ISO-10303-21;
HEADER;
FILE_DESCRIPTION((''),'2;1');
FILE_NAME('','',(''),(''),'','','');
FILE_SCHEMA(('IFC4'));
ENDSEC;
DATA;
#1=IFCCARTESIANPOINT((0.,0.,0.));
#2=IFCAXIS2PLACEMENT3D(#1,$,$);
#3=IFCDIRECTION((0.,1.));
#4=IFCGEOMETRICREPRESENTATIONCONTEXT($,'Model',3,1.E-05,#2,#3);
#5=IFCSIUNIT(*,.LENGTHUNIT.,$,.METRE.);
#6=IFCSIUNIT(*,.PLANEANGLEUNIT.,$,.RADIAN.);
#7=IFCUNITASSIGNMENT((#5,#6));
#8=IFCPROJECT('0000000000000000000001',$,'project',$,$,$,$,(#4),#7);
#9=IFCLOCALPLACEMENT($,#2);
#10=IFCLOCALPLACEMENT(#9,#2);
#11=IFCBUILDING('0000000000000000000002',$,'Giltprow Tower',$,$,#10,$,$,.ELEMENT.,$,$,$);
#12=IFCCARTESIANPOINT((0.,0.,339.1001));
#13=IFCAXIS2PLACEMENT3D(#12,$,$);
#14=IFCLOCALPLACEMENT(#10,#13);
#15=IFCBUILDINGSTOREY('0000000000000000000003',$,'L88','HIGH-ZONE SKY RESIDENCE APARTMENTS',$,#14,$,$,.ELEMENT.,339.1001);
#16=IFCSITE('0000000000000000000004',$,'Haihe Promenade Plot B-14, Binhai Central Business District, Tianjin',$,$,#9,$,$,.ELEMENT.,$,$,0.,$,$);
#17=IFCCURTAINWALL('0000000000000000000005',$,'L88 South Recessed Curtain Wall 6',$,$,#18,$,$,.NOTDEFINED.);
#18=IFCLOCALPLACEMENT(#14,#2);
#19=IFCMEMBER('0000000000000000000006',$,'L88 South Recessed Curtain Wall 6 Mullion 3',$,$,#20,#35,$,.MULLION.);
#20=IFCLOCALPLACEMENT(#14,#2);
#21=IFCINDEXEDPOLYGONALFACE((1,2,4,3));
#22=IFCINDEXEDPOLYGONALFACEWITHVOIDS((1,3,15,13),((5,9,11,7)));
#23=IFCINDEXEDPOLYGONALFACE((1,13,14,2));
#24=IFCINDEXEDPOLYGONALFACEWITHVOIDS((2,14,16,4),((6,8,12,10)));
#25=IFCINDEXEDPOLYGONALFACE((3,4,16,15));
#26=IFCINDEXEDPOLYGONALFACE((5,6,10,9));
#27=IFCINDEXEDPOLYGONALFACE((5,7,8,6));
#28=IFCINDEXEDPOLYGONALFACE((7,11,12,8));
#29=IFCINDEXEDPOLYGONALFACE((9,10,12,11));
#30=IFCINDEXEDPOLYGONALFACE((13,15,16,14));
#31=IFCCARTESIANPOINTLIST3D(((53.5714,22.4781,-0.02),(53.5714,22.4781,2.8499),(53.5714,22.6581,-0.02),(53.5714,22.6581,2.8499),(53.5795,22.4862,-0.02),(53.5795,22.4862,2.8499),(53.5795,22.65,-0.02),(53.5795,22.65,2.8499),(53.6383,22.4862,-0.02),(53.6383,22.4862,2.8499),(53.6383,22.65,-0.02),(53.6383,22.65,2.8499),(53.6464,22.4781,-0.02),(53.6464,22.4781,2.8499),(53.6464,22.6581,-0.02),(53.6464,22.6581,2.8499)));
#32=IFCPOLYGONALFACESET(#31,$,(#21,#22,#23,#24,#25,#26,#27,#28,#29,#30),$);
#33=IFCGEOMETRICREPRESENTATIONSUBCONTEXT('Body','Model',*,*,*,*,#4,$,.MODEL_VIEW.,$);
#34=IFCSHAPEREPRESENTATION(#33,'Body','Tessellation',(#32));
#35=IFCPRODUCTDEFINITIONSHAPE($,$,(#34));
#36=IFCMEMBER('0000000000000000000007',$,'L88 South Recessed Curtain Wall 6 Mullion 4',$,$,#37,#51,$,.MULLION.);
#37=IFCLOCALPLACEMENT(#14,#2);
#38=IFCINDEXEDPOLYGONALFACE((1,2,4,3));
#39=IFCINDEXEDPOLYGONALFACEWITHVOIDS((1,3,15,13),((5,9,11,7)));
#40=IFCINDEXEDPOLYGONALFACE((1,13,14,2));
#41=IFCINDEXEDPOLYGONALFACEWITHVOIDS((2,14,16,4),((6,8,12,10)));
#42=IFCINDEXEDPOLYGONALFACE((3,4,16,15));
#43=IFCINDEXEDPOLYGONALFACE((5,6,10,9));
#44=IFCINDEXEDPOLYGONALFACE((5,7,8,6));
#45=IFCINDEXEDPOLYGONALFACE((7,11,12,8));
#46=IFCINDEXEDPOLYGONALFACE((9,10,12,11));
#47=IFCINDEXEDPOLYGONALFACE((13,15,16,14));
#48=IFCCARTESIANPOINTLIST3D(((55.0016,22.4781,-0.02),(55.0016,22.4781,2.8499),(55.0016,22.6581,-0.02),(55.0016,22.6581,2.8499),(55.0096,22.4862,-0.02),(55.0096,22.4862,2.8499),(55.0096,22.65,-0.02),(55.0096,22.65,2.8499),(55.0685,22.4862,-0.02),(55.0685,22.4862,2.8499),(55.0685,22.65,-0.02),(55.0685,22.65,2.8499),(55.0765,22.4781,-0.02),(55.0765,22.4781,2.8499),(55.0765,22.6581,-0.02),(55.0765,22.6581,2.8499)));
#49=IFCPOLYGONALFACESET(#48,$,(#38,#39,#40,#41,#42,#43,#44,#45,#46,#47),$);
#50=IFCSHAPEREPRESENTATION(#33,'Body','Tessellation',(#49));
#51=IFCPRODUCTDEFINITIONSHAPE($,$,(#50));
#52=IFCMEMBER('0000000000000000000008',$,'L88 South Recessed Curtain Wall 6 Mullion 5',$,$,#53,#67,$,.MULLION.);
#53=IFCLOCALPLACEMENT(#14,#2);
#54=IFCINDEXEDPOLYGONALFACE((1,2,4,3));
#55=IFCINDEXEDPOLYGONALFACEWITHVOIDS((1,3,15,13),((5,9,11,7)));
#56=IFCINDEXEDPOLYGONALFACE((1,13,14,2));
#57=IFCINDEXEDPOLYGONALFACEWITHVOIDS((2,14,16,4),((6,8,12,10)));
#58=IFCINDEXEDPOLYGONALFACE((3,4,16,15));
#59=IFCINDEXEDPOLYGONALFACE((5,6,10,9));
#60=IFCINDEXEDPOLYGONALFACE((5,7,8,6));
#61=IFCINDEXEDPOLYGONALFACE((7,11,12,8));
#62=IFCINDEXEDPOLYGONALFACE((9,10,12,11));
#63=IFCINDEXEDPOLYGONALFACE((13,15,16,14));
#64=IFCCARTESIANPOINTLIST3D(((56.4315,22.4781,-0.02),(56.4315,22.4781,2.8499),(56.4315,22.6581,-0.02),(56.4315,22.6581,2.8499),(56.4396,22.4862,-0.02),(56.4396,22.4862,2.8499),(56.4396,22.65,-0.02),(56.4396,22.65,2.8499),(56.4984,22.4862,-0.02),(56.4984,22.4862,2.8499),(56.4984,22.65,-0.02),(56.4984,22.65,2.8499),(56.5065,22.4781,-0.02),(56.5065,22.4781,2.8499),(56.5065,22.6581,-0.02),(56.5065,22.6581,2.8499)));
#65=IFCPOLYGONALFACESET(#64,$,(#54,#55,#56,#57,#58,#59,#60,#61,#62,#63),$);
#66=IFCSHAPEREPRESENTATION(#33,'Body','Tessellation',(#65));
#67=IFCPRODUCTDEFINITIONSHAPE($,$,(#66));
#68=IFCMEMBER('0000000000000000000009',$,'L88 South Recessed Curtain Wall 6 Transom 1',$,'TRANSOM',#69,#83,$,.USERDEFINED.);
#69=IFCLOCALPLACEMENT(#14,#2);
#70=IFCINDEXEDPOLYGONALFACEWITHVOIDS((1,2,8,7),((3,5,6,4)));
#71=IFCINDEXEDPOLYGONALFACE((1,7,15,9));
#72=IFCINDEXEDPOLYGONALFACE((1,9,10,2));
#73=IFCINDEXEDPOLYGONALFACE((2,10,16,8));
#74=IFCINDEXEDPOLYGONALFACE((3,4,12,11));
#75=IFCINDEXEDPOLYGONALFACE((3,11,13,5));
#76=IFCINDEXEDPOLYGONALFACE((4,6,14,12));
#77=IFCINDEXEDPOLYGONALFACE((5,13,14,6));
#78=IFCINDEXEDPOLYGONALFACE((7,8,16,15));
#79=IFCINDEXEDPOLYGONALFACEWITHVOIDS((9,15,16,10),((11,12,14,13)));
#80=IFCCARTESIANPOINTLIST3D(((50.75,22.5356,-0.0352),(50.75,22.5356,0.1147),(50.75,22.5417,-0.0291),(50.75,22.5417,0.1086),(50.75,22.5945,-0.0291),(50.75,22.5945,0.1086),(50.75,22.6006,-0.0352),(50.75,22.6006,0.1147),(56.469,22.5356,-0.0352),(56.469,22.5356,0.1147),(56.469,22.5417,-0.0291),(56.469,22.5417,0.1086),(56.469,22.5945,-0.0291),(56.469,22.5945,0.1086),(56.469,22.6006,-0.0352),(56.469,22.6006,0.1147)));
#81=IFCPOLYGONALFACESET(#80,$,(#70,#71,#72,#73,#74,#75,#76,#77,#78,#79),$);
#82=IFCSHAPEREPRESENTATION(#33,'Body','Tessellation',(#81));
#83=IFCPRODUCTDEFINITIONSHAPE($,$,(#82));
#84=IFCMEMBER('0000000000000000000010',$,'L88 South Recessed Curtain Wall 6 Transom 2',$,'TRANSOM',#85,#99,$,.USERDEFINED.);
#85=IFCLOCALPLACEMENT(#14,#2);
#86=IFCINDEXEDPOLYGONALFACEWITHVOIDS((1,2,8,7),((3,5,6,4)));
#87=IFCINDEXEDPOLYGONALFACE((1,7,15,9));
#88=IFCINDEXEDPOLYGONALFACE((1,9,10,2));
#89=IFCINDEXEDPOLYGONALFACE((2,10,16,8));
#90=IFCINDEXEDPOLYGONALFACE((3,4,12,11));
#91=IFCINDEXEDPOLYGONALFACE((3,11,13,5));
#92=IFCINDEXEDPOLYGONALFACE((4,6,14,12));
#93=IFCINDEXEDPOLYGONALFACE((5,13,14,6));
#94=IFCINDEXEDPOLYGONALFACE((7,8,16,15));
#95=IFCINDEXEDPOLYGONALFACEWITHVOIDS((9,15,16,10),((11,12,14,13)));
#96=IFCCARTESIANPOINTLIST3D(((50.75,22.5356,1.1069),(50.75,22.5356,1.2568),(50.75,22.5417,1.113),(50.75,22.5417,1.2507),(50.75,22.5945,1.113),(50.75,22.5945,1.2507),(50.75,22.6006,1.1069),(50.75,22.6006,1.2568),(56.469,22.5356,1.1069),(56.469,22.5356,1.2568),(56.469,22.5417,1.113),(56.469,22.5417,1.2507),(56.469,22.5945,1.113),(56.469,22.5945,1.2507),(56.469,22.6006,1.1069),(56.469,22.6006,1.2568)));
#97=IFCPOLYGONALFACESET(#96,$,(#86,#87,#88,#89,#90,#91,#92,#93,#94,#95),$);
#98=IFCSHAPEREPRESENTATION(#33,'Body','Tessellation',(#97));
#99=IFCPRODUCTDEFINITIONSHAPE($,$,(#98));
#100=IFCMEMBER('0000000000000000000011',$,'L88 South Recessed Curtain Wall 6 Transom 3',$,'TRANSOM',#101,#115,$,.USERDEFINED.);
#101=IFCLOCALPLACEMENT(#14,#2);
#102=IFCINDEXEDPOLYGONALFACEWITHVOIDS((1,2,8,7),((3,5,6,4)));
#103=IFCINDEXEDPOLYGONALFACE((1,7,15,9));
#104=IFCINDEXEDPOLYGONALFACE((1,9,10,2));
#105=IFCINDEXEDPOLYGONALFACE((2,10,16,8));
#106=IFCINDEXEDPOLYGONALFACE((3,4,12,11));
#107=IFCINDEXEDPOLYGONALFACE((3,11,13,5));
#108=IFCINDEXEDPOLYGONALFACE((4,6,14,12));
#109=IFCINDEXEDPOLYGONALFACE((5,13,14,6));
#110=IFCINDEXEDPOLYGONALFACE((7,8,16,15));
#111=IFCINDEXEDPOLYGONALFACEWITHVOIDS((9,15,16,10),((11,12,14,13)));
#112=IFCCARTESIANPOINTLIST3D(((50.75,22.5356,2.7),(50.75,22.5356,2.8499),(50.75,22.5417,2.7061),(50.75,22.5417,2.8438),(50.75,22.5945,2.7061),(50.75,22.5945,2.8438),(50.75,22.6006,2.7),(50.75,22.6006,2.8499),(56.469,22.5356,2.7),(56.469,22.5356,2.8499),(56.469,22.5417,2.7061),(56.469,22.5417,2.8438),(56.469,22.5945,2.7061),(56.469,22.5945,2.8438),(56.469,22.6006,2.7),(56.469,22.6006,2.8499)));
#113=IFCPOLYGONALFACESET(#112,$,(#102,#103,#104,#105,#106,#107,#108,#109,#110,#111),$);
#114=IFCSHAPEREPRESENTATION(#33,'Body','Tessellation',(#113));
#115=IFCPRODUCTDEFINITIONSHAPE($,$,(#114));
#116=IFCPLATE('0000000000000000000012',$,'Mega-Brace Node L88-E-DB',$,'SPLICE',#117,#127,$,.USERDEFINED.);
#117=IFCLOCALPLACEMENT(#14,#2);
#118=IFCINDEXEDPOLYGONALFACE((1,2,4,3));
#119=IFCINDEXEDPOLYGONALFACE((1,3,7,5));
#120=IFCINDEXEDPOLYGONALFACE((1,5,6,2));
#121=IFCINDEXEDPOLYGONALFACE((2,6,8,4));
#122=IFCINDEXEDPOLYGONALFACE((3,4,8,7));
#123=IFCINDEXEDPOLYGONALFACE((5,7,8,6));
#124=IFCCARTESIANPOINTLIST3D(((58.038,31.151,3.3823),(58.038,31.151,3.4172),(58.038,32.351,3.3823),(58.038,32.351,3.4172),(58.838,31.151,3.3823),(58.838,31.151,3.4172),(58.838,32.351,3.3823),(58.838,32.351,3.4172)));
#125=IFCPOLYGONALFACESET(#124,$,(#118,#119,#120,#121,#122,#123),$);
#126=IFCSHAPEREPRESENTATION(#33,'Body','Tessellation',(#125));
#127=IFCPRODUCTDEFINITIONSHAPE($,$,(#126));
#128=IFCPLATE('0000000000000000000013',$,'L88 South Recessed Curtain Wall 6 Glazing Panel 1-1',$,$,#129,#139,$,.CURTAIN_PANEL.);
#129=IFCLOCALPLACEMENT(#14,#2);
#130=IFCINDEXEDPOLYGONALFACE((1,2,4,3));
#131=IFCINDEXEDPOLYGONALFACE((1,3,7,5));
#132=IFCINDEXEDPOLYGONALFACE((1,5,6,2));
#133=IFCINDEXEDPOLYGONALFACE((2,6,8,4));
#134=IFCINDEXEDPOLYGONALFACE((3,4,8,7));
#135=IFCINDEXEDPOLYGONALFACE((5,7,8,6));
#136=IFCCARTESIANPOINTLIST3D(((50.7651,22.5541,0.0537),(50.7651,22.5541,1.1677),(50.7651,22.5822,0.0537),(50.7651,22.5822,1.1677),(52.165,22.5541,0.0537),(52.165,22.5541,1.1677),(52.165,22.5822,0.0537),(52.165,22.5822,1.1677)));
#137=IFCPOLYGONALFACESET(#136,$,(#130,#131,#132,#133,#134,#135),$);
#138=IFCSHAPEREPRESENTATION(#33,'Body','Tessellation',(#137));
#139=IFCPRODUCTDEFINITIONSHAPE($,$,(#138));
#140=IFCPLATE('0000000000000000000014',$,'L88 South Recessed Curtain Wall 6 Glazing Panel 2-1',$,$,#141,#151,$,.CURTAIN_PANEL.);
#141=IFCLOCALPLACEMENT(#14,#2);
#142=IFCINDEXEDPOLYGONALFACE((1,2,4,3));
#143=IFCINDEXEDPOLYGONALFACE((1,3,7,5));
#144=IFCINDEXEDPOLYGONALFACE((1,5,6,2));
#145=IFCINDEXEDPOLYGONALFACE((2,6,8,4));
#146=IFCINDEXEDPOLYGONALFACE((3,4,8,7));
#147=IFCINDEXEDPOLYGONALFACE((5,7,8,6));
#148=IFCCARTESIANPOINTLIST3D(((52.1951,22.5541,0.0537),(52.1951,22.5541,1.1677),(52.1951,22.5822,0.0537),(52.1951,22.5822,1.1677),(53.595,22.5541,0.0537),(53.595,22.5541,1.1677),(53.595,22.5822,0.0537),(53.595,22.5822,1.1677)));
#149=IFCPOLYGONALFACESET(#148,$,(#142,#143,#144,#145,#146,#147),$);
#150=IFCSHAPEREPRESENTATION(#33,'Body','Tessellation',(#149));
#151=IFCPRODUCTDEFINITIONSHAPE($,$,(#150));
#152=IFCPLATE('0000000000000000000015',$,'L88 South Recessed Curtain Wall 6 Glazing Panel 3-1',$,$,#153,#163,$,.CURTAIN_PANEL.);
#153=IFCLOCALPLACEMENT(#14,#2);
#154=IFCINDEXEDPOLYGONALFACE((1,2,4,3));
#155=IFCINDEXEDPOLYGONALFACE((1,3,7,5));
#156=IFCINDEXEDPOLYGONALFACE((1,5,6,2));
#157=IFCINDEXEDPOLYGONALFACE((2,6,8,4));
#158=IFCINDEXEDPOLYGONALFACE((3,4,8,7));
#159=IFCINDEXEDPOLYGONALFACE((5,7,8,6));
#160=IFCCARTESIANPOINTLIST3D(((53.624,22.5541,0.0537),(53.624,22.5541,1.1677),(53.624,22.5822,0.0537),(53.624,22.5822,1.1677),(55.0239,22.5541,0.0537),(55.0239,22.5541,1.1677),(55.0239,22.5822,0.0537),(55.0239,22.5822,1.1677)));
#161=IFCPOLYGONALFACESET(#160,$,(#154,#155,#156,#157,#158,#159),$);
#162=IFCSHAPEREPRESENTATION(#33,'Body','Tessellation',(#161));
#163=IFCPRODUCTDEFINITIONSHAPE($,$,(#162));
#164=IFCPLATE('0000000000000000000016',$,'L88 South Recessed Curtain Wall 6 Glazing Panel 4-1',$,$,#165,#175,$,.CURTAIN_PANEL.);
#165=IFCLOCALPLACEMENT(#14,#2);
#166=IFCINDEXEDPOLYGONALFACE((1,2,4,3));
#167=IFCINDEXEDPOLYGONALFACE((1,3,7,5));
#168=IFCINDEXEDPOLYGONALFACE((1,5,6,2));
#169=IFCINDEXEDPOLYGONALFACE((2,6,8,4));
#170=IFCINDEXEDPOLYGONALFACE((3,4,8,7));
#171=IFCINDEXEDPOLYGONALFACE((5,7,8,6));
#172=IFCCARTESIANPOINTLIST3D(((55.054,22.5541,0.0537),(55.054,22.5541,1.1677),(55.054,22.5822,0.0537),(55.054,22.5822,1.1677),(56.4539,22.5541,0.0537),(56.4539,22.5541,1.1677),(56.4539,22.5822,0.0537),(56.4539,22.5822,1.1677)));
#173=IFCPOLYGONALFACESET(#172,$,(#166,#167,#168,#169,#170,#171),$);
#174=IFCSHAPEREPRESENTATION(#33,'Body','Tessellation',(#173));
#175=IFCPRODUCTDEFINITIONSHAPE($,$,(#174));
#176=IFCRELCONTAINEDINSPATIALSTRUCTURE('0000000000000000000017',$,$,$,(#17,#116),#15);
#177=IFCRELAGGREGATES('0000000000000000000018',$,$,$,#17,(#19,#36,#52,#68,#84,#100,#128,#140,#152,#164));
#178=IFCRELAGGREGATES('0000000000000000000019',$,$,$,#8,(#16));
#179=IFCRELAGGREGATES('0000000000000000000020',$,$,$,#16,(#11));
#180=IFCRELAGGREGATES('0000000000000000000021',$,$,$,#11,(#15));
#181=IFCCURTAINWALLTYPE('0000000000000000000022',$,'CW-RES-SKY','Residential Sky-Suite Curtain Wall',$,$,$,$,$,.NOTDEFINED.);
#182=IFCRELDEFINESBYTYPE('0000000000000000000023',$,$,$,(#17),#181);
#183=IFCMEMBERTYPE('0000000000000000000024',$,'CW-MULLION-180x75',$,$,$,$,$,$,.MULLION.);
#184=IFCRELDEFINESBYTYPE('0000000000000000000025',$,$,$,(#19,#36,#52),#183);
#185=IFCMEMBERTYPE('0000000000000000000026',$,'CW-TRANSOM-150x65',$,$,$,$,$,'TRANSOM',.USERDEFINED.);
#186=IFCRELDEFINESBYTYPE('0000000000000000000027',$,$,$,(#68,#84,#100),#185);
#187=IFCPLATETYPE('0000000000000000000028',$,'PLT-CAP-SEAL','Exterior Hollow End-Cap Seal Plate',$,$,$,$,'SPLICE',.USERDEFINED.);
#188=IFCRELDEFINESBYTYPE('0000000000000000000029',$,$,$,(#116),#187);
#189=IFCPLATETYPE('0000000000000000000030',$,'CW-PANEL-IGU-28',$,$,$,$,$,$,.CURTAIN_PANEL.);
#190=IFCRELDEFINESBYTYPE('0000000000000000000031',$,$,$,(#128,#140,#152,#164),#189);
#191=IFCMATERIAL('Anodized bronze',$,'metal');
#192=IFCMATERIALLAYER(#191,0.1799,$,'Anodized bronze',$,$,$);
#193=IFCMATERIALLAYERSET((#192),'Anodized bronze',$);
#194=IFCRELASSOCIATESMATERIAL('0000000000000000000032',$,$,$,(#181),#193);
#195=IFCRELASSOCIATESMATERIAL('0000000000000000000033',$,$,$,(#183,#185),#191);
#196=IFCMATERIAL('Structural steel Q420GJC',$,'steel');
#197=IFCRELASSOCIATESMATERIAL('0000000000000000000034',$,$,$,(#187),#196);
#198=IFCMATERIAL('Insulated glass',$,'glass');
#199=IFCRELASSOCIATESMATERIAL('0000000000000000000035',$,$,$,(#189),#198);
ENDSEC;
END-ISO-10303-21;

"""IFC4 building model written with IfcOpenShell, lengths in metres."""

from ifc_helpers import new_model, si_unit, direction, frame, origin, origin_2d, place, context, subcontext, project, spatial, rectangle, hollow_rectangle, extrude, source, transform, mapped, material, layer, layer_set, material_profile, profile_set, type_object, element, aggregate, save


model = new_model("IFC4")

# Units and contexts
model_context = context("Model", 3, precision=1e-05, world=origin(), true_north=direction((0.0, 1.0)))
body_context = subcontext(model_context, "Body", "Model", "MODEL_VIEW")
ifc_project = project(units=[si_unit("LENGTHUNIT", "METRE"), si_unit("PLANEANGLEUNIT", "RADIAN")], contexts=[model_context])

# Site, building, storey
site_placement = place(None, origin())
site = spatial("IfcSite", under=ifc_project, at=site_placement, Name="Haihe Promenade Plot B-14, Binhai Central Business District, Tianjin", CompositionType="ELEMENT", RefElevation=0.0)
building_placement = place(site_placement, origin())
building = spatial("IfcBuilding", under=site, at=building_placement, Name="Giltprow Tower", CompositionType="ELEMENT")
storey_placement = place(building_placement, frame((0.0, 0.0, 339.1001)))
storey = spatial("IfcBuildingStorey", under=building, at=storey_placement, Name="L88", Description="HIGH-ZONE SKY RESIDENCE APARTMENTS", CompositionType="ELEMENT", Elevation=339.1001)

# Shared definitions
ifc_material_1 = material(Name="Structural steel Q420GJC", Category="steel")

# Curtain wall, members
ifc_material_2 = material(Name="Anodized bronze", Category="metal")
ifc_layer_1 = layer(ifc_material_2, 0.1799, Name="Anodized bronze")
ifc_layer_set_1 = layer_set([ifc_layer_1], Name="Anodized bronze")
curtain_wall_type = type_object("IfcCurtainWallType", Name="CW-RES-SKY", Description="Residential Sky-Suite Curtain Wall", PredefinedType="NOTDEFINED", material=ifc_layer_set_1)
curtain_wall_placement = place(storey_placement, origin())
curtain_wall = element("IfcCurtainWall", 1, at=curtain_wall_placement, inside=storey, type_object=curtain_wall_type, Name="L88 South Recessed Curtain Wall 6", PredefinedType="NOTDEFINED")
ifc_material_profile_1 = material_profile(ifc_material_2, hollow_rectangle(XDim=0.075, YDim=0.1799, WallThickness=0.0081, at=origin_2d()), Name="RHS 180x75x8")
ifc_profile_set_1 = profile_set([ifc_material_profile_1], Name="Anodized bronze")
member_type_1 = type_object("IfcMemberType", Name="CW-MULLION-180x75", PredefinedType="MULLION", material=ifc_profile_set_1)
shared_shape_1 = source(origin(), body_context, "Body", "SweptSolid", [
    extrude(hollow_rectangle(XDim=0.075, YDim=0.1799, WallThickness=0.0081, at=origin_2d()), origin(), (0.0, 0.0, 1.0), 2.8699),
])
member_1_placement = place(storey_placement, frame((53.6089, 22.5681, -0.02), z_axis=(0.0, 0.0, 1.0), x_axis=(1.0, 0.0, 0.0)))
member_1 = element("IfcMember", 2, at=member_1_placement, type_object=member_type_1, Name="L88 South Recessed Curtain Wall 6 Mullion 3", PredefinedType="MULLION", context=body_context, shape_type="MappedRepresentation", body=[
    mapped(shared_shape_1, transform((0.0, 0.0, 0.0), x_axis=(1.0, 0.0, 0.0), y_axis=(0.0, 1.0, 0.0), z_axis=(0.0, 0.0, 1.0), scale=1.0)),
])
member_2_placement = place(storey_placement, frame((55.0391, 22.5681, -0.02), z_axis=(0.0, 0.0, 1.0), x_axis=(1.0, 0.0, 0.0)))
member_2 = element("IfcMember", 3, at=member_2_placement, type_object=member_type_1, Name="L88 South Recessed Curtain Wall 6 Mullion 4", PredefinedType="MULLION", context=body_context, shape_type="MappedRepresentation", body=[
    mapped(shared_shape_1, transform((0.0, 0.0, 0.0), x_axis=(1.0, 0.0, 0.0), y_axis=(0.0, 1.0, 0.0), z_axis=(0.0, 0.0, 1.0), scale=1.0)),
])
member_3_placement = place(storey_placement, frame((56.469, 22.5681, -0.02), z_axis=(0.0, 0.0, 1.0), x_axis=(1.0, 0.0, 0.0)))
member_3 = element("IfcMember", 4, at=member_3_placement, type_object=member_type_1, Name="L88 South Recessed Curtain Wall 6 Mullion 5", PredefinedType="MULLION", context=body_context, shape_type="MappedRepresentation", body=[
    mapped(shared_shape_1, transform((0.0, 0.0, 0.0), x_axis=(1.0, 0.0, 0.0), y_axis=(0.0, 1.0, 0.0), z_axis=(0.0, 0.0, 1.0), scale=1.0)),
])
ifc_material_profile_2 = material_profile(ifc_material_2, hollow_rectangle(XDim=0.0649, YDim=0.1499, WallThickness=0.0061, at=origin_2d()), Name="RHS 150x65x6")
ifc_profile_set_2 = profile_set([ifc_material_profile_2], Name="Anodized bronze")
member_type_2 = type_object("IfcMemberType", Name="CW-TRANSOM-150x65", ElementType="TRANSOM", PredefinedType="USERDEFINED", material=ifc_profile_set_2)
shared_shape_2 = source(origin(), body_context, "Body", "SweptSolid", [
    extrude(hollow_rectangle(XDim=0.0649, YDim=0.1499, WallThickness=0.0061, at=origin_2d()), origin(), (0.0, 0.0, 1.0), 5.719),
])
member_4_placement = place(storey_placement, frame((50.75, 22.5681, 0.0398), z_axis=(1.0, 0.0, 0.0), x_axis=(0.0, 1.0, 0.0)))
member_4 = element("IfcMember", 5, at=member_4_placement, type_object=member_type_2, Name="L88 South Recessed Curtain Wall 6 Transom 1", ObjectType="TRANSOM", PredefinedType="USERDEFINED", context=body_context, shape_type="MappedRepresentation", body=[
    mapped(shared_shape_2, transform((0.0, 0.0, 0.0), x_axis=(1.0, 0.0, 0.0), y_axis=(0.0, 1.0, 0.0), z_axis=(0.0, 0.0, 1.0), scale=1.0)),
])
member_5_placement = place(storey_placement, frame((50.75, 22.5681, 1.1819), z_axis=(1.0, 0.0, 0.0), x_axis=(0.0, 1.0, 0.0)))
member_5 = element("IfcMember", 6, at=member_5_placement, type_object=member_type_2, Name="L88 South Recessed Curtain Wall 6 Transom 2", ObjectType="TRANSOM", PredefinedType="USERDEFINED", context=body_context, shape_type="MappedRepresentation", body=[
    mapped(shared_shape_2, transform((0.0, 0.0, 0.0), x_axis=(1.0, 0.0, 0.0), y_axis=(0.0, 1.0, 0.0), z_axis=(0.0, 0.0, 1.0), scale=1.0)),
])
member_6_placement = place(storey_placement, frame((50.75, 22.5681, 2.7749), z_axis=(1.0, 0.0, 0.0), x_axis=(0.0, 1.0, 0.0)))
member_6 = element("IfcMember", 7, at=member_6_placement, type_object=member_type_2, Name="L88 South Recessed Curtain Wall 6 Transom 3", ObjectType="TRANSOM", PredefinedType="USERDEFINED", context=body_context, shape_type="MappedRepresentation", body=[
    mapped(shared_shape_2, transform((0.0, 0.0, 0.0), x_axis=(1.0, 0.0, 0.0), y_axis=(0.0, 1.0, 0.0), z_axis=(0.0, 0.0, 1.0), scale=1.0)),
])

# Plates
plate_type_1 = type_object("IfcPlateType", Name="PLT-CAP-SEAL", Description="Exterior Hollow End-Cap Seal Plate", ElementType="SPLICE", PredefinedType="USERDEFINED", material=ifc_material_1)
shared_shape_3 = source(origin(), body_context, "Body", "SweptSolid", [
    extrude(rectangle(XDim=1.2, YDim=0.8, at=origin_2d()), origin(), (0.0, 0.0, 1.0), 0.0349),
])
plate_1_placement = place(storey_placement, frame((58.438, 31.751, 3.3823), z_axis=(0.0, 0.0, 1.0), x_axis=(0.0, 1.0, 0.0)))
element("IfcPlate", 8, at=plate_1_placement, inside=storey, type_object=plate_type_1, Name="Mega-Brace Node L88-E-DB", ObjectType="SPLICE", PredefinedType="USERDEFINED", context=body_context, shape_type="MappedRepresentation", body=[
    mapped(shared_shape_3, transform((0.0, 0.0, 0.0), x_axis=(1.0, 0.0, 0.0), y_axis=(0.0, 1.0, 0.0), z_axis=(0.0, 0.0, 1.0), scale=1.0)),
])
ifc_material_3 = material(Name="Insulated glass", Category="glass")
plate_type_2 = type_object("IfcPlateType", Name="CW-PANEL-IGU-28", PredefinedType="CURTAIN_PANEL", material=ifc_material_3)
shared_shape_4 = source(origin(), body_context, "Body", "SweptSolid", [
    extrude(rectangle(XDim=1.3999, YDim=0.0281, at=origin_2d()), origin(), (0.0, 0.0, 1.0), 1.114),
])
plate_2_placement = place(storey_placement, frame((51.4651, 22.5681, 0.0537), z_axis=(0.0, 0.0, 1.0), x_axis=(1.0, 0.0, 0.0)))
plate_2 = element("IfcPlate", 9, at=plate_2_placement, type_object=plate_type_2, Name="L88 South Recessed Curtain Wall 6 Glazing Panel 1-1", PredefinedType="CURTAIN_PANEL", context=body_context, shape_type="MappedRepresentation", body=[
    mapped(shared_shape_4, transform((0.0, 0.0, 0.0), x_axis=(1.0, 0.0, 0.0), y_axis=(0.0, 1.0, 0.0), z_axis=(0.0, 0.0, 1.0), scale=1.0)),
])
plate_3_placement = place(storey_placement, frame((52.895, 22.5681, 0.0537), z_axis=(0.0, 0.0, 1.0), x_axis=(1.0, 0.0, 0.0)))
plate_3 = element("IfcPlate", 10, at=plate_3_placement, type_object=plate_type_2, Name="L88 South Recessed Curtain Wall 6 Glazing Panel 2-1", PredefinedType="CURTAIN_PANEL", context=body_context, shape_type="MappedRepresentation", body=[
    mapped(shared_shape_4, transform((0.0, 0.0, 0.0), x_axis=(1.0, 0.0, 0.0), y_axis=(0.0, 1.0, 0.0), z_axis=(0.0, 0.0, 1.0), scale=1.0)),
])
plate_4_placement = place(storey_placement, frame((54.324, 22.5681, 0.0537), z_axis=(0.0, 0.0, 1.0), x_axis=(1.0, 0.0, 0.0)))
plate_4 = element("IfcPlate", 11, at=plate_4_placement, type_object=plate_type_2, Name="L88 South Recessed Curtain Wall 6 Glazing Panel 3-1", PredefinedType="CURTAIN_PANEL", context=body_context, shape_type="MappedRepresentation", body=[
    mapped(shared_shape_4, transform((0.0, 0.0, 0.0), x_axis=(1.0, 0.0, 0.0), y_axis=(0.0, 1.0, 0.0), z_axis=(0.0, 0.0, 1.0), scale=1.0)),
])
plate_5_placement = place(storey_placement, frame((55.7539, 22.5681, 0.0537), z_axis=(0.0, 0.0, 1.0), x_axis=(1.0, 0.0, 0.0)))
plate_5 = element("IfcPlate", 12, at=plate_5_placement, type_object=plate_type_2, Name="L88 South Recessed Curtain Wall 6 Glazing Panel 4-1", PredefinedType="CURTAIN_PANEL", context=body_context, shape_type="MappedRepresentation", body=[
    mapped(shared_shape_4, transform((0.0, 0.0, 0.0), x_axis=(1.0, 0.0, 0.0), y_axis=(0.0, 1.0, 0.0), z_axis=(0.0, 0.0, 1.0), scale=1.0)),
])
aggregate(curtain_wall, [member_1, member_2, member_3, member_4, member_5, member_6, plate_2, plate_3, plate_4, plate_5])

save(model, "model.ifc")
